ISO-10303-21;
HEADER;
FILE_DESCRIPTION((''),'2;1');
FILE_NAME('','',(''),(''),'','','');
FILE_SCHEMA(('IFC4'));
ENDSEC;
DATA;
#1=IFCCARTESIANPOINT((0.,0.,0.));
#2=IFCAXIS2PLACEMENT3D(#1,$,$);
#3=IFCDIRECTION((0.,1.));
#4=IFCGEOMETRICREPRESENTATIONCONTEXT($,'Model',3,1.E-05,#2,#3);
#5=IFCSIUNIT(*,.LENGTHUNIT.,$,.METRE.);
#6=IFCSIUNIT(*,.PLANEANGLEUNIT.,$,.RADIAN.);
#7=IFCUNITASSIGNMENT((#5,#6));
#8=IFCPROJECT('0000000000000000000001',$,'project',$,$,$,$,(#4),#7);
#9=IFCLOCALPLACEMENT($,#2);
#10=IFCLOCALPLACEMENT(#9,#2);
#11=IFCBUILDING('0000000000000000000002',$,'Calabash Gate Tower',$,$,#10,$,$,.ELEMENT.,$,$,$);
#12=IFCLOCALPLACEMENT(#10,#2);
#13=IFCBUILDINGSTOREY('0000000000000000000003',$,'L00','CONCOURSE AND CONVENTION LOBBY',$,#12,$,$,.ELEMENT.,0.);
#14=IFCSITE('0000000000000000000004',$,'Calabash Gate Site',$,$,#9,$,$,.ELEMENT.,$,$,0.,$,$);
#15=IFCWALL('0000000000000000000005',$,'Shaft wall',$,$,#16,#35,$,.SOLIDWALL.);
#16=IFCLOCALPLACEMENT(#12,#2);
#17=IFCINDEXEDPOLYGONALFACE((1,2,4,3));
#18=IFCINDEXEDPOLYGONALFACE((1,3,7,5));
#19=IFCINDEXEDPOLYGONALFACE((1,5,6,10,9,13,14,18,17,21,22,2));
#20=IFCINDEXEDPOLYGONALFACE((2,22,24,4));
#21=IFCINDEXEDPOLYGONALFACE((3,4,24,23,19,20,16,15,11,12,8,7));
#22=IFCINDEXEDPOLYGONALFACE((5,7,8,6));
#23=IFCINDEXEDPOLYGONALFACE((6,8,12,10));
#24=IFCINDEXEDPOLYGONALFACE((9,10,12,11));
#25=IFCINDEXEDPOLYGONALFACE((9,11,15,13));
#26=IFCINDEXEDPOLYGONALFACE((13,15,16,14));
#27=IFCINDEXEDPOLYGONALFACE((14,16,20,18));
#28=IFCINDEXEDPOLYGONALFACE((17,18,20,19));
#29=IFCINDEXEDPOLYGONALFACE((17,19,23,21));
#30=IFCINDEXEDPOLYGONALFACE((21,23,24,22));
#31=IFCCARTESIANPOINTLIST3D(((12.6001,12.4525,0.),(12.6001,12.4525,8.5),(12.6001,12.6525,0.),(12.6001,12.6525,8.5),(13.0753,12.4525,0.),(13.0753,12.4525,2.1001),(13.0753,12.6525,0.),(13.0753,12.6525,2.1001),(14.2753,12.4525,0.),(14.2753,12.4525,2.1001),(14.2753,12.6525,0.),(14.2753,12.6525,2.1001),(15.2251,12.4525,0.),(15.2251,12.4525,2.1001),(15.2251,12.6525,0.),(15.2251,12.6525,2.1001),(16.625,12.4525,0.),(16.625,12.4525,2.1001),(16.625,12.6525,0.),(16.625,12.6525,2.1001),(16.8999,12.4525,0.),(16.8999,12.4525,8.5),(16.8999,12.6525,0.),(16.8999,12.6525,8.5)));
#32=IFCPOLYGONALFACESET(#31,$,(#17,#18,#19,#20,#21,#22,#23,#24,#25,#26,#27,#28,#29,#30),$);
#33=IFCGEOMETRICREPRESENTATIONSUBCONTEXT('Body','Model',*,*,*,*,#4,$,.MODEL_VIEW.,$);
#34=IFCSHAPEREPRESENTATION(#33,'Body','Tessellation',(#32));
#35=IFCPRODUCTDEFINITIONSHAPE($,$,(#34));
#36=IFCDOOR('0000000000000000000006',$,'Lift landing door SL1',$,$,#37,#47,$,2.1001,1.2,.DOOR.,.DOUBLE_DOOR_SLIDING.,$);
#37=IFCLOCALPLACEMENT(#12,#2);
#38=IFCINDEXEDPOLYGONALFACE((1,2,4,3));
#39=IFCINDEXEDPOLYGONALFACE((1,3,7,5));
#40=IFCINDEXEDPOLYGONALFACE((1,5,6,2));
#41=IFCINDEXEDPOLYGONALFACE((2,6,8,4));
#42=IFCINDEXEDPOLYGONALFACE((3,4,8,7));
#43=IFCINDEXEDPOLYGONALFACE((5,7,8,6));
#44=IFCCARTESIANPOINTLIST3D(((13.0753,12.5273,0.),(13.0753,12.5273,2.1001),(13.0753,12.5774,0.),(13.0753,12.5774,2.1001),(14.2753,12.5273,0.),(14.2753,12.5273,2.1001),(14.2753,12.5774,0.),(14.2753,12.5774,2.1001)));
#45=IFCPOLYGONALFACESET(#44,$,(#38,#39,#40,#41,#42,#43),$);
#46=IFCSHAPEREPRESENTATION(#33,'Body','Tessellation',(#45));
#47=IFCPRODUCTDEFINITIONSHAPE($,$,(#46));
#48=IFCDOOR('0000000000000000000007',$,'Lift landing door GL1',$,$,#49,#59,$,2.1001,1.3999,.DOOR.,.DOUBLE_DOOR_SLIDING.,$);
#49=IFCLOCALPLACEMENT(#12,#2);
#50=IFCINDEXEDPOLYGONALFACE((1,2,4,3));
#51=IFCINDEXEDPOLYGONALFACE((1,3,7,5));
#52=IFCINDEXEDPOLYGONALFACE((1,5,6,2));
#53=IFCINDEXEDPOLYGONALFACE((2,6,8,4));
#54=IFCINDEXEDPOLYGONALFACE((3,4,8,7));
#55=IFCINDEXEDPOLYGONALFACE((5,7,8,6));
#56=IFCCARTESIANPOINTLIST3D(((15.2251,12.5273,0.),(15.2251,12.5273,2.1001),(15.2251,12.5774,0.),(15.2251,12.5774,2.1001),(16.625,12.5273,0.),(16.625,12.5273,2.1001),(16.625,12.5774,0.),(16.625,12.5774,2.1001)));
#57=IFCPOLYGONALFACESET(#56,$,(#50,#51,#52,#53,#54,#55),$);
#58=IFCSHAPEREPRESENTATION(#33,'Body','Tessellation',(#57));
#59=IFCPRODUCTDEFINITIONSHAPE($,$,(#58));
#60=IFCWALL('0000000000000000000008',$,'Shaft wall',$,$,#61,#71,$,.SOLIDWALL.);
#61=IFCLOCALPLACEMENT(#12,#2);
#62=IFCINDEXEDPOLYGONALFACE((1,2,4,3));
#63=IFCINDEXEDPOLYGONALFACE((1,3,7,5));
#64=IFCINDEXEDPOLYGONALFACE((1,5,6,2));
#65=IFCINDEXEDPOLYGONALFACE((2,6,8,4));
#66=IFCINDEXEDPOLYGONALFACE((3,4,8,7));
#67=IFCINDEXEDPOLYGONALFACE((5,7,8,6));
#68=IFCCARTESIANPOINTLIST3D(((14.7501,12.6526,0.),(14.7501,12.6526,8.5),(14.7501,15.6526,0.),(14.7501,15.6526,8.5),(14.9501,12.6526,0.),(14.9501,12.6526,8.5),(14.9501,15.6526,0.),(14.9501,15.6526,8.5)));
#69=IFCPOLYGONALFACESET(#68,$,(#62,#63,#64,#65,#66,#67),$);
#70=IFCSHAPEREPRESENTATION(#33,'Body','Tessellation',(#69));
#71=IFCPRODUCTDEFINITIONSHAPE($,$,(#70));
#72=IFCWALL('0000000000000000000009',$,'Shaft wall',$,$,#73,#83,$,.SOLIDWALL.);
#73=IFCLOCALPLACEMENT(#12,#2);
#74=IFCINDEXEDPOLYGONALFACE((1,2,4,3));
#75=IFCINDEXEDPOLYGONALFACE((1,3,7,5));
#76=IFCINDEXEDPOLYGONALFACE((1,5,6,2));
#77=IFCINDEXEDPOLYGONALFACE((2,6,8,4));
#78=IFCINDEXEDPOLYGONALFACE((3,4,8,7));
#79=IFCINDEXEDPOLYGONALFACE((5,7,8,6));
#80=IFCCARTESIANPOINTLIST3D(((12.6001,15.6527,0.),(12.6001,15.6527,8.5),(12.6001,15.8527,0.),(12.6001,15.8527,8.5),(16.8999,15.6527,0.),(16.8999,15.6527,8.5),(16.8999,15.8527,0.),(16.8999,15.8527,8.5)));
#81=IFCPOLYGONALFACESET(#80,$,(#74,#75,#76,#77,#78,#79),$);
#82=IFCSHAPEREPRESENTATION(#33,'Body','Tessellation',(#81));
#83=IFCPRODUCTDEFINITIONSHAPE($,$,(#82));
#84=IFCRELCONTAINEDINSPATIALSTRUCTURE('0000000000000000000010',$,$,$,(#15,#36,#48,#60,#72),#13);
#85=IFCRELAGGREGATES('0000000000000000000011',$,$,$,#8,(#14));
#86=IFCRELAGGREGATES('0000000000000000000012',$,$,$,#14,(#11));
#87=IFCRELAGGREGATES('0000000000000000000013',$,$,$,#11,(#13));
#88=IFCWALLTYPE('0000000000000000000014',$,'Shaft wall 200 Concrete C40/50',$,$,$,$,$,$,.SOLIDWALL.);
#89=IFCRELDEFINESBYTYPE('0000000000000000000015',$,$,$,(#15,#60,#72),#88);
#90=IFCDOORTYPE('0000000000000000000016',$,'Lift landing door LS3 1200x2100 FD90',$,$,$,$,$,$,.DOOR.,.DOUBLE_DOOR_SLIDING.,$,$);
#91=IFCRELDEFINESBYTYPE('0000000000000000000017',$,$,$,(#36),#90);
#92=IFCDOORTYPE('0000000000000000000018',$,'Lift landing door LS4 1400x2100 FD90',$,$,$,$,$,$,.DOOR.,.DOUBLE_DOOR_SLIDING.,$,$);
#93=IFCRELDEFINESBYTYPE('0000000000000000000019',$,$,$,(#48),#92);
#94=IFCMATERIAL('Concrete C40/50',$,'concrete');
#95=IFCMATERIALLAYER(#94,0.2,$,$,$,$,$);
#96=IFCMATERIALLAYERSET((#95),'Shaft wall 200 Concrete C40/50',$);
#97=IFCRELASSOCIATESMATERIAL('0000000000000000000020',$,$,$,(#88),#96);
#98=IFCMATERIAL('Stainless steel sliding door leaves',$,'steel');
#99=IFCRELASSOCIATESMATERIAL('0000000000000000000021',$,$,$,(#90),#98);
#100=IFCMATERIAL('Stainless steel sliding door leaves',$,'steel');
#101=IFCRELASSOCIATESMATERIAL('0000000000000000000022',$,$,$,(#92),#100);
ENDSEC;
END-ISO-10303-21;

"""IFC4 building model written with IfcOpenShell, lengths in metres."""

from ifc_helpers import new_model, si_unit, direction, frame, frame_2d, origin, place, context, subcontext, project, spatial, rectangle, extrude, material, layer, layer_set, type_object, element, fill, save


model = new_model("IFC4")

# Units and contexts
model_context = context("Model", 3, precision=1e-05, world=origin(), true_north=direction((0.0, 1.0)))
body_context = subcontext(model_context, "Body", "Model", "MODEL_VIEW")
ifc_project = project(units=[si_unit("LENGTHUNIT", "METRE"), si_unit("PLANEANGLEUNIT", "RADIAN")], contexts=[model_context])

# Site, building, storey
site_placement = place(None, origin())
site = spatial("IfcSite", under=ifc_project, at=site_placement, Name="Calabash Gate Site", CompositionType="ELEMENT", RefElevation=0.0)
building_placement = place(site_placement, origin())
building = spatial("IfcBuilding", under=site, at=building_placement, Name="Calabash Gate Tower", CompositionType="ELEMENT")
storey_placement = place(building_placement, origin())
storey = spatial("IfcBuildingStorey", under=building, at=storey_placement, Name="L00", Description="CONCOURSE AND CONVENTION LOBBY", CompositionType="ELEMENT", Elevation=0.0)

# Shared definitions
ifc_material_1 = material(Name="Concrete C40/50", Category="concrete")
ifc_layer_1 = layer(ifc_material_1, 0.2)
ifc_layer_set_1 = layer_set([ifc_layer_1], Name="Shaft wall 200 Concrete C40/50")
wall_type_1 = type_object("IfcWallType", Name="Shaft wall 200 Concrete C40/50", PredefinedType="SOLIDWALL", material=ifc_layer_set_1)

# Wall, openings, doors
wall_1_placement = place(storey_placement, frame((12.6001, 12.5525, 0.0), z_axis=(0.0, 0.0, 1.0), x_axis=(1.0, 0.0, 0.0)))
wall_1 = element("IfcWall", 1, at=wall_1_placement, inside=storey, type_object=wall_type_1, Name="Shaft wall", PredefinedType="SOLIDWALL", context=body_context, shape_type="SweptSolid", body=[
    extrude(rectangle(XDim=4.2998, YDim=0.2, at=frame_2d((2.1499, 0.0))), origin(), (0.0, 0.0, 1.0), 8.5),
])
opening_1_placement = place(wall_1_placement, frame((0.4751, 0.0, 0.0)))
opening_1 = element("IfcOpeningElement", 2, at=opening_1_placement, cuts=wall_1, PredefinedType="OPENING", context=body_context, shape_type="SweptSolid", body=[
    extrude(rectangle(XDim=1.2, YDim=2.1001, at=frame_2d((0.6001, 1.05))), frame((0.0, 0.1099, 0.0), z_axis=(0.0, -1.0, 0.0), x_axis=(1.0, 0.0, 0.0)), (0.0, 0.0, 1.0), 0.22),
])
opening_2_placement = place(wall_1_placement, frame((2.625, 0.0, 0.0)))
opening_2 = element("IfcOpeningElement", 3, at=opening_2_placement, cuts=wall_1, PredefinedType="OPENING", context=body_context, shape_type="SweptSolid", body=[
    extrude(rectangle(XDim=1.3999, YDim=2.1001, at=frame_2d((0.7, 1.05))), frame((0.0, 0.1099, 0.0), z_axis=(0.0, -1.0, 0.0), x_axis=(1.0, 0.0, 0.0)), (0.0, 0.0, 1.0), 0.22),
])
ifc_material_2 = material(Name="Stainless steel sliding door leaves", Category="steel")
door_type_1 = type_object("IfcDoorType", Name="Lift landing door LS3 1200x2100 FD90", OperationType="DOUBLE_DOOR_SLIDING", PredefinedType="DOOR", material=ifc_material_2)
door_1_placement = place(opening_1_placement, origin())
door_1 = element("IfcDoor", 4, at=door_1_placement, inside=storey, type_object=door_type_1, Name="Lift landing door SL1", OperationType="DOUBLE_DOOR_SLIDING", OverallHeight=2.1001, OverallWidth=1.2, PredefinedType="DOOR", context=body_context, shape_type="SweptSolid", body=[
    extrude(rectangle(XDim=1.2, YDim=2.1001, at=frame_2d((0.6001, 1.05))), frame((0.0, 0.0249, 0.0), z_axis=(0.0, -1.0, 0.0), x_axis=(1.0, 0.0, 0.0)), (0.0, 0.0, 1.0), 0.05),
])
fill(opening_1, door_1)
ifc_material_3 = material(Name="Stainless steel sliding door leaves", Category="steel")
door_type_2 = type_object("IfcDoorType", Name="Lift landing door LS4 1400x2100 FD90", OperationType="DOUBLE_DOOR_SLIDING", PredefinedType="DOOR", material=ifc_material_3)
door_2_placement = place(opening_2_placement, origin())
door_2 = element("IfcDoor", 5, at=door_2_placement, inside=storey, type_object=door_type_2, Name="Lift landing door GL1", OperationType="DOUBLE_DOOR_SLIDING", OverallHeight=2.1001, OverallWidth=1.3999, PredefinedType="DOOR", context=body_context, shape_type="SweptSolid", body=[
    extrude(rectangle(XDim=1.3999, YDim=2.1001, at=frame_2d((0.7, 1.05))), frame((0.0, 0.0249, 0.0), z_axis=(0.0, -1.0, 0.0), x_axis=(1.0, 0.0, 0.0)), (0.0, 0.0, 1.0), 0.05),
])
fill(opening_2, door_2)

# Walls
wall_2_placement = place(storey_placement, frame((14.8501, 12.6526, 0.0), z_axis=(0.0, 0.0, 1.0), x_axis=(0.0, 1.0, 0.0)))
element("IfcWall", 6, at=wall_2_placement, inside=storey, type_object=wall_type_1, Name="Shaft wall", PredefinedType="SOLIDWALL", context=body_context, shape_type="SweptSolid", body=[
    extrude(rectangle(XDim=3.0, YDim=0.2, at=frame_2d((1.5, 0.0))), origin(), (0.0, 0.0, 1.0), 8.5),
])
wall_3_placement = place(storey_placement, frame((12.6001, 15.7527, 0.0), z_axis=(0.0, 0.0, 1.0), x_axis=(1.0, 0.0, 0.0)))
element("IfcWall", 7, at=wall_3_placement, inside=storey, type_object=wall_type_1, Name="Shaft wall", PredefinedType="SOLIDWALL", context=body_context, shape_type="SweptSolid", body=[
    extrude(rectangle(XDim=4.2998, YDim=0.2, at=frame_2d((2.1499, 0.0))), origin(), (0.0, 0.0, 1.0), 8.5),
])

save(model, "model.ifc")
